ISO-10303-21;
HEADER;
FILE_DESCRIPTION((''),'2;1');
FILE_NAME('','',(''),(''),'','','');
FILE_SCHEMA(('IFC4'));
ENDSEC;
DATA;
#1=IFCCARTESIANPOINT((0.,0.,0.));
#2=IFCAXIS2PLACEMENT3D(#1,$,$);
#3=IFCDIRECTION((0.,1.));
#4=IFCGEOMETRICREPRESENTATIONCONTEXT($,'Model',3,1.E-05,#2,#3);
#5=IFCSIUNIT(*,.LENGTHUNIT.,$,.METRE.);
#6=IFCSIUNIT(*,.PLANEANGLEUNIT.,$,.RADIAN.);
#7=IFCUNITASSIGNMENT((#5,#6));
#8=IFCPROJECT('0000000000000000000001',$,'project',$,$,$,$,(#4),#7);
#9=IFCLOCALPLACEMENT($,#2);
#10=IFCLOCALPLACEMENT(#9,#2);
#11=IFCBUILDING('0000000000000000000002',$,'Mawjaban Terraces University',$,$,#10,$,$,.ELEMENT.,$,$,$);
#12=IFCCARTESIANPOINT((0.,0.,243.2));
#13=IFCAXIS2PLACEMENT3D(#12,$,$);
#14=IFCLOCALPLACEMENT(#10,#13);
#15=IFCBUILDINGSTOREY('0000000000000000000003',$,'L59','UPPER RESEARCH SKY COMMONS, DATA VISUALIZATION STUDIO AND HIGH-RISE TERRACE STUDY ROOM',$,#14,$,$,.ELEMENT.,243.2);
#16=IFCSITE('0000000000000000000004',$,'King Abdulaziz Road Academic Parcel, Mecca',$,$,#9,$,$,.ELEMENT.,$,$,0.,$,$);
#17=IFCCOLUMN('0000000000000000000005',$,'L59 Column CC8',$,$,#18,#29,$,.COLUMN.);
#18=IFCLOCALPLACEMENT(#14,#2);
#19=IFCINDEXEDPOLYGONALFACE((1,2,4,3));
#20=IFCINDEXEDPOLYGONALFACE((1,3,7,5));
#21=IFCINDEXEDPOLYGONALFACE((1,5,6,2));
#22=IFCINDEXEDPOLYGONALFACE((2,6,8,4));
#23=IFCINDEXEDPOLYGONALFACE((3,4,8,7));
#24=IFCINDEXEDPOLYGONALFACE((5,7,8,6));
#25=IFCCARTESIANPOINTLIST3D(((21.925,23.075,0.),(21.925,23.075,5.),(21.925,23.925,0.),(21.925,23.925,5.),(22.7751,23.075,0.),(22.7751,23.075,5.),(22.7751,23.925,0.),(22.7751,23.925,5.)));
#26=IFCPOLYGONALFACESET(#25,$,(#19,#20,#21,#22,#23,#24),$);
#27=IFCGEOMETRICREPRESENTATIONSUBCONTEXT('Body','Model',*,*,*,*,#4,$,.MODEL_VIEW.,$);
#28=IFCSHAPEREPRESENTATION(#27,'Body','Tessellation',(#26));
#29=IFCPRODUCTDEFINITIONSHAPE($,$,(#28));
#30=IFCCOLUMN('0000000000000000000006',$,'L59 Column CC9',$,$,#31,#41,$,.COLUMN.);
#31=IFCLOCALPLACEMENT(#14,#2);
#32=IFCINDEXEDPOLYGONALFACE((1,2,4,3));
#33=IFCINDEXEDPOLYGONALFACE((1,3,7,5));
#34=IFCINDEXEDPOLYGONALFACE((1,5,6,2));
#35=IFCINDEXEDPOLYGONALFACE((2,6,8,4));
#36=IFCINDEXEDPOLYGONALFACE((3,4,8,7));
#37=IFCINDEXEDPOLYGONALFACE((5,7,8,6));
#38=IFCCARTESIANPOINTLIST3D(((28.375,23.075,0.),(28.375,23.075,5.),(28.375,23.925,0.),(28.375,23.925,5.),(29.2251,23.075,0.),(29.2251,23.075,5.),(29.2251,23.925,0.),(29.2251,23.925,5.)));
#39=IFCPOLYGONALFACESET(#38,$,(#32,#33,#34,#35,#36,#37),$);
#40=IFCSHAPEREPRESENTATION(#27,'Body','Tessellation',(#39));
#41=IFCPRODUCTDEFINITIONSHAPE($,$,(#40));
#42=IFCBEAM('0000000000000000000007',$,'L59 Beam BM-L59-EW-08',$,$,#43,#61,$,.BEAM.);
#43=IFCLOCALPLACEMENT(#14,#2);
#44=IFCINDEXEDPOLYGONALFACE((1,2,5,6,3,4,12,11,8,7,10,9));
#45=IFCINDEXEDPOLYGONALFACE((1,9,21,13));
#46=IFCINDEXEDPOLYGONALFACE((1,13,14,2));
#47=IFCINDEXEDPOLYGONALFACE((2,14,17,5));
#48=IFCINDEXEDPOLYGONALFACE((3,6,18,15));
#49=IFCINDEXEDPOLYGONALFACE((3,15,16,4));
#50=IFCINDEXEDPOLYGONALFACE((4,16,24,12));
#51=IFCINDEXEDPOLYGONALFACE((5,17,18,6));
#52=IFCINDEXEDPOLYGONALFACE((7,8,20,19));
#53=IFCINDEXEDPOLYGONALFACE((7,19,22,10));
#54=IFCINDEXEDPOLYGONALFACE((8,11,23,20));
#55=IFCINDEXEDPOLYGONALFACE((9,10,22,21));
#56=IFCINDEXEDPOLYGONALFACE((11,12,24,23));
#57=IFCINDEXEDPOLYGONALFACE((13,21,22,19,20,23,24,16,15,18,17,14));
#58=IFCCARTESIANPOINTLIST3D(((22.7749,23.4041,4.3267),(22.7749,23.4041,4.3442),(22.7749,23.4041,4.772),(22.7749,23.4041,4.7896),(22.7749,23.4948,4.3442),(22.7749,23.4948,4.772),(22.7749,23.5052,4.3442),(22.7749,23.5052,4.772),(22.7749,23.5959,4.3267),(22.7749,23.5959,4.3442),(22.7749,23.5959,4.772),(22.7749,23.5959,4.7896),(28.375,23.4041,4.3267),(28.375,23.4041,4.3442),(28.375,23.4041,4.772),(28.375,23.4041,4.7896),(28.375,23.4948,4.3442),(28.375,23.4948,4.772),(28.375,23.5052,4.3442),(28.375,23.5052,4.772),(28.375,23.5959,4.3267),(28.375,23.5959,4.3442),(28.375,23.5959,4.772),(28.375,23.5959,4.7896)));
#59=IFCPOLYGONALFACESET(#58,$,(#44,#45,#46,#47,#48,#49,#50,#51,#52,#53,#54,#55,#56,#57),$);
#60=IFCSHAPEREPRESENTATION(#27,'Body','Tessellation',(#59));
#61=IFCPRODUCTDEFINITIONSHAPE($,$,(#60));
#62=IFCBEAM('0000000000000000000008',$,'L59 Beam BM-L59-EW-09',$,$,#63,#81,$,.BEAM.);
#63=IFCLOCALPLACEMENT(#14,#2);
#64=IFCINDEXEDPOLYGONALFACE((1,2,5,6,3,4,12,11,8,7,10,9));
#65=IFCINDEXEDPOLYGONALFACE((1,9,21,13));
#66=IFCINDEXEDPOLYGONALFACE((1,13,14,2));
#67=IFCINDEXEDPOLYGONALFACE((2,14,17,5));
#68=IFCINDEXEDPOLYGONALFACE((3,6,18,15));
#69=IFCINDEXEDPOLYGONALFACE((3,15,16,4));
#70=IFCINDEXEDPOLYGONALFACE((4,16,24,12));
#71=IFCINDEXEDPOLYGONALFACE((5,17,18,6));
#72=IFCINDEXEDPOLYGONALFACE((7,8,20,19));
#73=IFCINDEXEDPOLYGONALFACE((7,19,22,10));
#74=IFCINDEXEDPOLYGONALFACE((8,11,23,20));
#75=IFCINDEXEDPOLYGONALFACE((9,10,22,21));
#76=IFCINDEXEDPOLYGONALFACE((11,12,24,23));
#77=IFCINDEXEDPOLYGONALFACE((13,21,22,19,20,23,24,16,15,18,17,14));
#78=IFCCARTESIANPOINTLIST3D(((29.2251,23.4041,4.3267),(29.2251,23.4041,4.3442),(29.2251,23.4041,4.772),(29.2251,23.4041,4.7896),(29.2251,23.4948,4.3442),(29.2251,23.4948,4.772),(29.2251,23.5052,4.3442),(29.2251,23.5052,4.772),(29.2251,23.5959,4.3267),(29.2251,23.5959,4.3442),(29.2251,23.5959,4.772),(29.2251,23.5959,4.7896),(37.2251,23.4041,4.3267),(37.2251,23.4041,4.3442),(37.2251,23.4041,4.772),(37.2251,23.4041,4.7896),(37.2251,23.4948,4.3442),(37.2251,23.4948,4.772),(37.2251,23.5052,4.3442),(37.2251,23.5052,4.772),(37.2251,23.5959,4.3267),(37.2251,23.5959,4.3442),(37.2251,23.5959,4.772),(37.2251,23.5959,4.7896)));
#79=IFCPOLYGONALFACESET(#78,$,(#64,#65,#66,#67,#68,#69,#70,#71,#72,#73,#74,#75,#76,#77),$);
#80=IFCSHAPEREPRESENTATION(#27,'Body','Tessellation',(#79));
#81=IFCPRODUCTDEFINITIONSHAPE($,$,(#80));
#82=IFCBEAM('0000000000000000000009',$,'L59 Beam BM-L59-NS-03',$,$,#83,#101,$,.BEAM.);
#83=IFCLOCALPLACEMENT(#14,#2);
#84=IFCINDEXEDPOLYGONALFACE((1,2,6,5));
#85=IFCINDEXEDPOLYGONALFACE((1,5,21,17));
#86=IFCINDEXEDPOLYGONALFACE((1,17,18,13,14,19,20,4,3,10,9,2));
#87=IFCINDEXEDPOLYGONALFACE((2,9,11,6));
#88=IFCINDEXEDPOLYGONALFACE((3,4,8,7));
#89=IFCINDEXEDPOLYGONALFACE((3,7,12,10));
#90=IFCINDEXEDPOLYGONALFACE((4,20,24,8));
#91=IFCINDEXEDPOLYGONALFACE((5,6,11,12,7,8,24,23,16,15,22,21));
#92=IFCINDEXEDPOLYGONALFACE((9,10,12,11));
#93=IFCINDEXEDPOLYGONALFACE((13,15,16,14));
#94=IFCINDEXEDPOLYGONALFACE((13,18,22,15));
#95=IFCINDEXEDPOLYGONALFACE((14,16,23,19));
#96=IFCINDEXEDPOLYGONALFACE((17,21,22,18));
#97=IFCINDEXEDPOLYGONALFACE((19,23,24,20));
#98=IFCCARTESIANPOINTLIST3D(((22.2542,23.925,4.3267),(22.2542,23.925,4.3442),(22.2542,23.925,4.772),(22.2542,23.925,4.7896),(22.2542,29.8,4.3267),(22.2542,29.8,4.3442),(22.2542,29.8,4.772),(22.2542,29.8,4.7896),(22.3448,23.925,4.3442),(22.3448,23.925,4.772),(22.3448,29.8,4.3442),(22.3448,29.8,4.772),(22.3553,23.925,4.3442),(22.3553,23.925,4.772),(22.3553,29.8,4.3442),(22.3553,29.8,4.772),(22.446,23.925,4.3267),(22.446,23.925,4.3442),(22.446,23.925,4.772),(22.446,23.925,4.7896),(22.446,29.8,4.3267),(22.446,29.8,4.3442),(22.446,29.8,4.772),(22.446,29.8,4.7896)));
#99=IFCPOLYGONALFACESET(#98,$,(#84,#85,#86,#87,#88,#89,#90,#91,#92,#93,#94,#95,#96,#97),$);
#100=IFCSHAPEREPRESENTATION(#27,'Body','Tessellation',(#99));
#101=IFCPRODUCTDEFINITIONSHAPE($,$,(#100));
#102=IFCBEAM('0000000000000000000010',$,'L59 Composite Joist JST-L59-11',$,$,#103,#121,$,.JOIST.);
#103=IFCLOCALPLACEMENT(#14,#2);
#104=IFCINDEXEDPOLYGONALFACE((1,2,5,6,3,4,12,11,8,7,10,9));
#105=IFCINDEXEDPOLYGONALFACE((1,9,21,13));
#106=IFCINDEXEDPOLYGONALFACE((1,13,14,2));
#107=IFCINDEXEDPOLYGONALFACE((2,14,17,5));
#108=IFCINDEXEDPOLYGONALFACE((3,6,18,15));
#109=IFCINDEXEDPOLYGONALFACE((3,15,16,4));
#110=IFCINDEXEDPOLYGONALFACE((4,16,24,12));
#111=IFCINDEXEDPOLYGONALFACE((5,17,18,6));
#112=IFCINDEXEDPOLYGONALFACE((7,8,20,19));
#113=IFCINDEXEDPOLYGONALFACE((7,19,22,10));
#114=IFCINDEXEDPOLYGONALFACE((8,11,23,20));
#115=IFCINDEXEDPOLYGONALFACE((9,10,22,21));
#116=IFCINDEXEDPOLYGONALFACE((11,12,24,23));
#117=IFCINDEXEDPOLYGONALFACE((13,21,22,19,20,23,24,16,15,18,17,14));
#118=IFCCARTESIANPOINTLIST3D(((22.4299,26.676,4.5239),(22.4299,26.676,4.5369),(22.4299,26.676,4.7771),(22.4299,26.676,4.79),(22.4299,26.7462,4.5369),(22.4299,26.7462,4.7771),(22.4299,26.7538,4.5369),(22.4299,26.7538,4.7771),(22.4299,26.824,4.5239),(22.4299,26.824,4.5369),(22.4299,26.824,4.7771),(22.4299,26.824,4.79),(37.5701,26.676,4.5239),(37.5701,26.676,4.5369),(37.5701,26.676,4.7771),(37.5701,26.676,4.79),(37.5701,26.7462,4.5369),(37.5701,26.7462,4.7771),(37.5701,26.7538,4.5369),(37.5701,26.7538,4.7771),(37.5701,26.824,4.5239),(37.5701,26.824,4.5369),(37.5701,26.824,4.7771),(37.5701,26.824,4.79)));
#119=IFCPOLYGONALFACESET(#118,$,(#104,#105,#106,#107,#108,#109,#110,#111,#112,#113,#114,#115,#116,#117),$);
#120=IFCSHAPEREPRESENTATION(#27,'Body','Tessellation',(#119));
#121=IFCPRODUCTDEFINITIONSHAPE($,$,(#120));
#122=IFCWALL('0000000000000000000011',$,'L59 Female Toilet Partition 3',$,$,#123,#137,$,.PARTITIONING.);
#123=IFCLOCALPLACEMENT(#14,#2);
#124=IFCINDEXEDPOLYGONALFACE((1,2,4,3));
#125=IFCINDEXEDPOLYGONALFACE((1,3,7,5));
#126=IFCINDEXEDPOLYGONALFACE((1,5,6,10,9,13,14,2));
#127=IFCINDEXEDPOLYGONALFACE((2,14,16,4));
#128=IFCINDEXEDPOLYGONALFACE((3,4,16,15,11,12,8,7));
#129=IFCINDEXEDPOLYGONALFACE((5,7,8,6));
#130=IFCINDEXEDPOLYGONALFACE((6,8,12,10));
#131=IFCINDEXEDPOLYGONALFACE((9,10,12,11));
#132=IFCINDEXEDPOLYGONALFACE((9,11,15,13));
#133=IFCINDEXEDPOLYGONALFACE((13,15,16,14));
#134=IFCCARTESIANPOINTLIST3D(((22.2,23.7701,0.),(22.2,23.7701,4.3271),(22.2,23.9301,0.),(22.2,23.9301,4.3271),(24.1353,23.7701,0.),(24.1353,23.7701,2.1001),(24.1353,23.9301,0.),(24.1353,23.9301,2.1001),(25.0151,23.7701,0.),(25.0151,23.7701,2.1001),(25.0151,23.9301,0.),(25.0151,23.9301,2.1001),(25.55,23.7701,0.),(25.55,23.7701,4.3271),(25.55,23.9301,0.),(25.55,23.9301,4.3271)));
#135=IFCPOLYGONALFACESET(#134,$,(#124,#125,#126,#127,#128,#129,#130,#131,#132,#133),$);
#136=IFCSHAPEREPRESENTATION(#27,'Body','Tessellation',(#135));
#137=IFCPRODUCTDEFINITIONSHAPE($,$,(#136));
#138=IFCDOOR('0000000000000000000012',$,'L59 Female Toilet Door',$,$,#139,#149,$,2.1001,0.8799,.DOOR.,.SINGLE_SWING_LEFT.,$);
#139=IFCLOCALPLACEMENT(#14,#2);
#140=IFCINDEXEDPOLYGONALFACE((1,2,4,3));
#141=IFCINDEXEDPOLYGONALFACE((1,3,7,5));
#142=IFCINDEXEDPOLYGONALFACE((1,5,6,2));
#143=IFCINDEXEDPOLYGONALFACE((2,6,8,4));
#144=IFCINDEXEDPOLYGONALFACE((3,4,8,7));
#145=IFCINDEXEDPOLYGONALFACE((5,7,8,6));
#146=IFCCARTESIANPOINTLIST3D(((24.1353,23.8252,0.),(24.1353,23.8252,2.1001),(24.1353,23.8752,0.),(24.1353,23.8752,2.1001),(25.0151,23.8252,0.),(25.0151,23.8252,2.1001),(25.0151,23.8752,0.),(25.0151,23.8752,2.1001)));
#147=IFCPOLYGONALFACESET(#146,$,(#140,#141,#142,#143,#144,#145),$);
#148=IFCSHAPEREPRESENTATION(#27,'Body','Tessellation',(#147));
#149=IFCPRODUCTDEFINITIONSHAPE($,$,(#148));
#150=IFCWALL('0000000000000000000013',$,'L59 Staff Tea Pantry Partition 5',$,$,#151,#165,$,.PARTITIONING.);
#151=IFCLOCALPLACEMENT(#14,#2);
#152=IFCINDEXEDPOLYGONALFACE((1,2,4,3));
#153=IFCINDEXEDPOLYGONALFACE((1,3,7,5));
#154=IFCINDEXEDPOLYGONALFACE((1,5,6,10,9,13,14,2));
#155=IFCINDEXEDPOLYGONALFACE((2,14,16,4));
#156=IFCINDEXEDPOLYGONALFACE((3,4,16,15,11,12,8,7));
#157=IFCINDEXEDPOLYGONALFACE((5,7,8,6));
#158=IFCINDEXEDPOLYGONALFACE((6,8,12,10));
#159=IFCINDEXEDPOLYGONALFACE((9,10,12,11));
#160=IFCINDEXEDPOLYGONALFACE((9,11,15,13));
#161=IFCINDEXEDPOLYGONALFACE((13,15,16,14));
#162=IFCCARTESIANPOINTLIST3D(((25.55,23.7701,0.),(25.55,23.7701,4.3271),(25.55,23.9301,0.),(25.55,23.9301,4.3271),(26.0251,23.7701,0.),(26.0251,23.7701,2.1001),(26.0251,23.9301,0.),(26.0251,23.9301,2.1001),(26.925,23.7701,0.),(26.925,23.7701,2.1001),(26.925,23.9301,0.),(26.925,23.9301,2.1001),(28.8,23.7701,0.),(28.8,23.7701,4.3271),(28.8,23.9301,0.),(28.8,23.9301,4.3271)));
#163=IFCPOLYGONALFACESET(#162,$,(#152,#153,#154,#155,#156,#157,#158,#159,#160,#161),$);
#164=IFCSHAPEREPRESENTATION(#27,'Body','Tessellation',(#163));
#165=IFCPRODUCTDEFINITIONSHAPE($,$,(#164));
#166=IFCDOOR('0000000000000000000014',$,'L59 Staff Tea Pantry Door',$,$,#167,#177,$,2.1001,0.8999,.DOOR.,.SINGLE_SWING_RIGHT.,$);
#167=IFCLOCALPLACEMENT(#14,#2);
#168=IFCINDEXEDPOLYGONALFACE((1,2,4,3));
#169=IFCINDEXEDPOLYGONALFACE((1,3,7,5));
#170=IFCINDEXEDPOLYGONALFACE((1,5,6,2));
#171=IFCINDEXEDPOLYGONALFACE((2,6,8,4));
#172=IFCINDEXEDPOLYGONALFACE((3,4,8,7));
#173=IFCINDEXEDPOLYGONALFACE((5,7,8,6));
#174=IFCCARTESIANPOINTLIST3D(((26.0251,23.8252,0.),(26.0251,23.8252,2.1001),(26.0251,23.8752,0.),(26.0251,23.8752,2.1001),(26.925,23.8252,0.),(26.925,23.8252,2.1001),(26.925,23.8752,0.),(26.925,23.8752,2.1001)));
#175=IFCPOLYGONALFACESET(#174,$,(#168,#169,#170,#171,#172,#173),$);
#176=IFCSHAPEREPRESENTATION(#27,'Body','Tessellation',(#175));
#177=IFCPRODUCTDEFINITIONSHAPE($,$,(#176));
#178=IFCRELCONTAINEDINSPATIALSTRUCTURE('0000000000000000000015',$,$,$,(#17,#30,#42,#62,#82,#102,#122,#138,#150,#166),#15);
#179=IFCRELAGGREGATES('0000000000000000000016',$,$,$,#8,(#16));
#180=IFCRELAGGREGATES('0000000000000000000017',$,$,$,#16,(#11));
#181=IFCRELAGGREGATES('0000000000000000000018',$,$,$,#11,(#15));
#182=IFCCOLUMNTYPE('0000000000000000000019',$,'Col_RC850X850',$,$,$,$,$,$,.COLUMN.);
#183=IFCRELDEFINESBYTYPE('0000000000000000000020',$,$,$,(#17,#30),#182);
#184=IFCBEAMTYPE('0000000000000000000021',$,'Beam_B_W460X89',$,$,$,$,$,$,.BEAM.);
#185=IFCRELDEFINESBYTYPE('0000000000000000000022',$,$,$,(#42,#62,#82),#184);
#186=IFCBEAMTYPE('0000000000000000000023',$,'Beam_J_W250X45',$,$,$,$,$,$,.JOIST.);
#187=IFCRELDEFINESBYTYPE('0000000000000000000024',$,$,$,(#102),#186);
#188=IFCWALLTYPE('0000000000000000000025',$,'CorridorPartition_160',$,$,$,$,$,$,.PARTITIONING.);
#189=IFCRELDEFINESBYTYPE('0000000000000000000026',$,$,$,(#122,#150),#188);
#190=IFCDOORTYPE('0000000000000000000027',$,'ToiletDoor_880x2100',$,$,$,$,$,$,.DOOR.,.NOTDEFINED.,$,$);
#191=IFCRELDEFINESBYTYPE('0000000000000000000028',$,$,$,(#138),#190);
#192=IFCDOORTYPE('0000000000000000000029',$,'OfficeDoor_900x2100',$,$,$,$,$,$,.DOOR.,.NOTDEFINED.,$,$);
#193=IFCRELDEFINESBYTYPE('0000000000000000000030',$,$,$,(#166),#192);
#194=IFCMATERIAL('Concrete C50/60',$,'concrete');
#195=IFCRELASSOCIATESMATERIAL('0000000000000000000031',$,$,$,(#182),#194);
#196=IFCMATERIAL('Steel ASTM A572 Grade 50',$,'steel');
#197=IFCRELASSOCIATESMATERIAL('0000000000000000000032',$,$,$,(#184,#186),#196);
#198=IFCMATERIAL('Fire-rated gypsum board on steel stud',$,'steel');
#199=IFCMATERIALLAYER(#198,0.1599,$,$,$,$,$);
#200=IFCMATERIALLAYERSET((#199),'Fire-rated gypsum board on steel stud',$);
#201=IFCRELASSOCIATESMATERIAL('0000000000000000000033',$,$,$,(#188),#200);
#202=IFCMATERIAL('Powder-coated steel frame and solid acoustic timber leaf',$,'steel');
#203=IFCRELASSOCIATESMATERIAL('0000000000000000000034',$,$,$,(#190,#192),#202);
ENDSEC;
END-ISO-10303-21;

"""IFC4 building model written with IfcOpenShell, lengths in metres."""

from ifc_helpers import new_model, si_unit, direction, frame, frame_2d, origin, origin_2d, place, context, subcontext, project, spatial, rectangle, i_section, extrude, material, layer, layer_set, material_profile, profile_set, type_object, element, fill, save


model = new_model("IFC4")

# Units and contexts
model_context = context("Model", 3, precision=1e-05, world=origin(), true_north=direction((0.0, 1.0)))
body_context = subcontext(model_context, "Body", "Model", "MODEL_VIEW")
ifc_project = project(units=[si_unit("LENGTHUNIT", "METRE"), si_unit("PLANEANGLEUNIT", "RADIAN")], contexts=[model_context])

# Site, building, storey
site_placement = place(None, origin())
site = spatial("IfcSite", under=ifc_project, at=site_placement, Name="King Abdulaziz Road Academic Parcel, Mecca", CompositionType="ELEMENT", RefElevation=0.0)
building_placement = place(site_placement, origin())
building = spatial("IfcBuilding", under=site, at=building_placement, Name="Mawjaban Terraces University", CompositionType="ELEMENT")
storey_placement = place(building_placement, frame((0.0, 0.0, 243.2)))
storey = spatial("IfcBuildingStorey", under=building, at=storey_placement, Name="L59", Description="UPPER RESEARCH SKY COMMONS, DATA VISUALIZATION STUDIO AND HIGH-RISE TERRACE STUDY ROOM", CompositionType="ELEMENT", Elevation=243.2)

# Columns
ifc_material_1 = material(Name="Concrete C50/60", Category="concrete")
ifc_material_profile_1 = material_profile(ifc_material_1, rectangle(XDim=0.8501, YDim=0.8501, at=origin_2d()), Name="RC850X850")
ifc_profile_set_1 = profile_set([ifc_material_profile_1], Name="Concrete C50/60")
column_type = type_object("IfcColumnType", Name="Col_RC850X850", PredefinedType="COLUMN", material=ifc_profile_set_1)
for number, where, z_axis, x_axis, name in (
    (1, (22.3501, 23.5, 0.0), (0.0, 0.0, 1.0), (1.0, 0.0, 0.0), "L59 Column CC8"),
    (2, (28.8, 23.5, 0.0), (0.0, 0.0, 1.0), (1.0, 0.0, 0.0), "L59 Column CC9"),
):
    element("IfcColumn", number, at=place(storey_placement, frame(where, z_axis=z_axis, x_axis=x_axis)), inside=storey, type_object=column_type, Name=name, PredefinedType="COLUMN", context=body_context, shape_type="SweptSolid", body=[
        extrude(rectangle(XDim=0.8501, YDim=0.8501, at=origin_2d()), origin(), (0.0, 0.0, 1.0), 5.0),
    ])

# Beams
ifc_material_2 = material(Name="Steel ASTM A572 Grade 50", Category="steel")
ifc_material_profile_2 = material_profile(ifc_material_2, i_section(OverallWidth=0.1919, OverallDepth=0.4629, WebThickness=0.0105, FlangeThickness=0.0176, at=origin_2d()), Name="W460X89")
ifc_profile_set_2 = profile_set([ifc_material_profile_2], Name="Steel ASTM A572 Grade 50")
beam_type_1 = type_object("IfcBeamType", Name="Beam_B_W460X89", PredefinedType="BEAM", material=ifc_profile_set_2)
beam_1_placement = place(storey_placement, frame((22.7749, 23.5, 4.5581), z_axis=(1.0, 0.0, 0.0), x_axis=(0.0, 1.0, 0.0)))
element("IfcBeam", 3, at=beam_1_placement, inside=storey, type_object=beam_type_1, Name="L59 Beam BM-L59-EW-08", PredefinedType="BEAM", context=body_context, shape_type="SweptSolid", body=[
    extrude(i_section(OverallWidth=0.1919, OverallDepth=0.4629, WebThickness=0.0105, FlangeThickness=0.0176, at=origin_2d()), origin(), (0.0, 0.0, 1.0), 5.6001),
])
beam_2_placement = place(storey_placement, frame((29.2251, 23.5, 4.5581), z_axis=(1.0, 0.0, 0.0), x_axis=(0.0, 1.0, 0.0)))
element("IfcBeam", 4, at=beam_2_placement, inside=storey, type_object=beam_type_1, Name="L59 Beam BM-L59-EW-09", PredefinedType="BEAM", context=body_context, shape_type="SweptSolid", body=[
    extrude(i_section(OverallWidth=0.1919, OverallDepth=0.4629, WebThickness=0.0105, FlangeThickness=0.0176, at=origin_2d()), origin(), (0.0, 0.0, 1.0), 8.0),
])
beam_3_placement = place(storey_placement, frame((22.3501, 23.925, 4.5581), z_axis=(0.0, 1.0, 0.0), x_axis=(-1.0, 0.0, 0.0)))
element("IfcBeam", 5, at=beam_3_placement, inside=storey, type_object=beam_type_1, Name="L59 Beam BM-L59-NS-03", PredefinedType="BEAM", context=body_context, shape_type="SweptSolid", body=[
    extrude(i_section(OverallWidth=0.1919, OverallDepth=0.4629, WebThickness=0.0105, FlangeThickness=0.0176, at=origin_2d()), origin(), (0.0, 0.0, 1.0), 5.875),
])
ifc_material_profile_3 = material_profile(ifc_material_2, i_section(OverallWidth=0.1479, OverallDepth=0.2661, WebThickness=0.0076, FlangeThickness=0.0129, at=origin_2d()), Name="W250X45")
ifc_profile_set_3 = profile_set([ifc_material_profile_3], Name="Steel ASTM A572 Grade 50")
beam_type_2 = type_object("IfcBeamType", Name="Beam_J_W250X45", PredefinedType="JOIST", material=ifc_profile_set_3)
beam_4_placement = place(storey_placement, frame((22.4299, 26.75, 4.657), z_axis=(1.0, 0.0, 0.0), x_axis=(0.0, 1.0, 0.0)))
element("IfcBeam", 6, at=beam_4_placement, inside=storey, type_object=beam_type_2, Name="L59 Composite Joist JST-L59-11", PredefinedType="JOIST", context=body_context, shape_type="SweptSolid", body=[
    extrude(i_section(OverallWidth=0.1479, OverallDepth=0.2661, WebThickness=0.0076, FlangeThickness=0.0129, at=origin_2d()), origin(), (0.0, 0.0, 1.0), 15.1401),
])

# Walls, openings, doors
ifc_material_3 = material(Name="Fire-rated gypsum board on steel stud", Category="steel")
ifc_layer_1 = layer(ifc_material_3, 0.1599)
ifc_layer_set_1 = layer_set([ifc_layer_1], Name="Fire-rated gypsum board on steel stud")
wall_type_1 = type_object("IfcWallType", Name="CorridorPartition_160", PredefinedType="PARTITIONING", material=ifc_layer_set_1)
wall_1_placement = place(storey_placement, frame((25.55, 23.8501, 0.0), z_axis=(0.0, 0.0, 1.0), x_axis=(-1.0, 0.0, 0.0)))
wall_1 = element("IfcWall", 7, at=wall_1_placement, inside=storey, type_object=wall_type_1, Name="L59 Female Toilet Partition 3", PredefinedType="PARTITIONING", context=body_context, shape_type="SweptSolid", body=[
    extrude(rectangle(XDim=3.3501, YDim=0.1599, at=frame_2d((1.675, 0.0))), origin(), (0.0, 0.0, 1.0), 4.3271),
])
opening_1_placement = place(wall_1_placement, frame((0.5349, 0.0, 0.0)))
opening_1 = element("IfcOpeningElement", 8, at=opening_1_placement, cuts=wall_1, PredefinedType="OPENING", context=body_context, shape_type="SweptSolid", body=[
    extrude(rectangle(XDim=0.8799, YDim=2.1001, at=frame_2d((0.4399, 1.05))), frame((0.0, 0.0898, 0.0), z_axis=(0.0, -1.0, 0.0), x_axis=(1.0, 0.0, 0.0)), (0.0, 0.0, 1.0), 0.1799),
])
ifc_material_4 = material(Name="Powder-coated steel frame and solid acoustic timber leaf", Category="steel")
door_type_1 = type_object("IfcDoorType", Name="ToiletDoor_880x2100", OperationType="NOTDEFINED", PredefinedType="DOOR", material=ifc_material_4)
door_1_placement = place(opening_1_placement, origin())
door_1 = element("IfcDoor", 9, at=door_1_placement, inside=storey, type_object=door_type_1, Name="L59 Female Toilet Door", OperationType="SINGLE_SWING_LEFT", OverallHeight=2.1001, OverallWidth=0.8799, PredefinedType="DOOR", context=body_context, shape_type="SweptSolid", body=[
    extrude(rectangle(XDim=0.8799, YDim=2.1001, at=frame_2d((0.4399, 1.05))), frame((0.0, 0.0249, 0.0), z_axis=(0.0, -1.0, 0.0), x_axis=(1.0, 0.0, 0.0)), (0.0, 0.0, 1.0), 0.05),
])
fill(opening_1, door_1)
wall_2_placement = place(storey_placement, frame((28.8, 23.8501, 0.0), z_axis=(0.0, 0.0, 1.0), x_axis=(-1.0, 0.0, 0.0)))
wall_2 = element("IfcWall", 10, at=wall_2_placement, inside=storey, type_object=wall_type_1, Name="L59 Staff Tea Pantry Partition 5", PredefinedType="PARTITIONING", context=body_context, shape_type="SweptSolid", body=[
    extrude(rectangle(XDim=3.25, YDim=0.1599, at=frame_2d((1.625, 0.0))), origin(), (0.0, 0.0, 1.0), 4.3271),
])
opening_2_placement = place(wall_2_placement, frame((1.875, 0.0, 0.0)))
opening_2 = element("IfcOpeningElement", 11, at=opening_2_placement, cuts=wall_2, PredefinedType="OPENING", context=body_context, shape_type="SweptSolid", body=[
    extrude(rectangle(XDim=0.8999, YDim=2.1001, at=frame_2d((0.45, 1.05))), frame((0.0, 0.0898, 0.0), z_axis=(0.0, -1.0, 0.0), x_axis=(1.0, 0.0, 0.0)), (0.0, 0.0, 1.0), 0.1799),
])
door_type_2 = type_object("IfcDoorType", Name="OfficeDoor_900x2100", OperationType="NOTDEFINED", PredefinedType="DOOR", material=ifc_material_4)
door_2_placement = place(opening_2_placement, origin())
door_2 = element("IfcDoor", 12, at=door_2_placement, inside=storey, type_object=door_type_2, Name="L59 Staff Tea Pantry Door", OperationType="SINGLE_SWING_RIGHT", OverallHeight=2.1001, OverallWidth=0.8999, PredefinedType="DOOR", context=body_context, shape_type="SweptSolid", body=[
    extrude(rectangle(XDim=0.8999, YDim=2.1001, at=frame_2d((0.45, 1.05))), frame((0.0, 0.0249, 0.0), z_axis=(0.0, -1.0, 0.0), x_axis=(1.0, 0.0, 0.0)), (0.0, 0.0, 1.0), 0.05),
])
fill(opening_2, door_2)

save(model, "model.ifc")
